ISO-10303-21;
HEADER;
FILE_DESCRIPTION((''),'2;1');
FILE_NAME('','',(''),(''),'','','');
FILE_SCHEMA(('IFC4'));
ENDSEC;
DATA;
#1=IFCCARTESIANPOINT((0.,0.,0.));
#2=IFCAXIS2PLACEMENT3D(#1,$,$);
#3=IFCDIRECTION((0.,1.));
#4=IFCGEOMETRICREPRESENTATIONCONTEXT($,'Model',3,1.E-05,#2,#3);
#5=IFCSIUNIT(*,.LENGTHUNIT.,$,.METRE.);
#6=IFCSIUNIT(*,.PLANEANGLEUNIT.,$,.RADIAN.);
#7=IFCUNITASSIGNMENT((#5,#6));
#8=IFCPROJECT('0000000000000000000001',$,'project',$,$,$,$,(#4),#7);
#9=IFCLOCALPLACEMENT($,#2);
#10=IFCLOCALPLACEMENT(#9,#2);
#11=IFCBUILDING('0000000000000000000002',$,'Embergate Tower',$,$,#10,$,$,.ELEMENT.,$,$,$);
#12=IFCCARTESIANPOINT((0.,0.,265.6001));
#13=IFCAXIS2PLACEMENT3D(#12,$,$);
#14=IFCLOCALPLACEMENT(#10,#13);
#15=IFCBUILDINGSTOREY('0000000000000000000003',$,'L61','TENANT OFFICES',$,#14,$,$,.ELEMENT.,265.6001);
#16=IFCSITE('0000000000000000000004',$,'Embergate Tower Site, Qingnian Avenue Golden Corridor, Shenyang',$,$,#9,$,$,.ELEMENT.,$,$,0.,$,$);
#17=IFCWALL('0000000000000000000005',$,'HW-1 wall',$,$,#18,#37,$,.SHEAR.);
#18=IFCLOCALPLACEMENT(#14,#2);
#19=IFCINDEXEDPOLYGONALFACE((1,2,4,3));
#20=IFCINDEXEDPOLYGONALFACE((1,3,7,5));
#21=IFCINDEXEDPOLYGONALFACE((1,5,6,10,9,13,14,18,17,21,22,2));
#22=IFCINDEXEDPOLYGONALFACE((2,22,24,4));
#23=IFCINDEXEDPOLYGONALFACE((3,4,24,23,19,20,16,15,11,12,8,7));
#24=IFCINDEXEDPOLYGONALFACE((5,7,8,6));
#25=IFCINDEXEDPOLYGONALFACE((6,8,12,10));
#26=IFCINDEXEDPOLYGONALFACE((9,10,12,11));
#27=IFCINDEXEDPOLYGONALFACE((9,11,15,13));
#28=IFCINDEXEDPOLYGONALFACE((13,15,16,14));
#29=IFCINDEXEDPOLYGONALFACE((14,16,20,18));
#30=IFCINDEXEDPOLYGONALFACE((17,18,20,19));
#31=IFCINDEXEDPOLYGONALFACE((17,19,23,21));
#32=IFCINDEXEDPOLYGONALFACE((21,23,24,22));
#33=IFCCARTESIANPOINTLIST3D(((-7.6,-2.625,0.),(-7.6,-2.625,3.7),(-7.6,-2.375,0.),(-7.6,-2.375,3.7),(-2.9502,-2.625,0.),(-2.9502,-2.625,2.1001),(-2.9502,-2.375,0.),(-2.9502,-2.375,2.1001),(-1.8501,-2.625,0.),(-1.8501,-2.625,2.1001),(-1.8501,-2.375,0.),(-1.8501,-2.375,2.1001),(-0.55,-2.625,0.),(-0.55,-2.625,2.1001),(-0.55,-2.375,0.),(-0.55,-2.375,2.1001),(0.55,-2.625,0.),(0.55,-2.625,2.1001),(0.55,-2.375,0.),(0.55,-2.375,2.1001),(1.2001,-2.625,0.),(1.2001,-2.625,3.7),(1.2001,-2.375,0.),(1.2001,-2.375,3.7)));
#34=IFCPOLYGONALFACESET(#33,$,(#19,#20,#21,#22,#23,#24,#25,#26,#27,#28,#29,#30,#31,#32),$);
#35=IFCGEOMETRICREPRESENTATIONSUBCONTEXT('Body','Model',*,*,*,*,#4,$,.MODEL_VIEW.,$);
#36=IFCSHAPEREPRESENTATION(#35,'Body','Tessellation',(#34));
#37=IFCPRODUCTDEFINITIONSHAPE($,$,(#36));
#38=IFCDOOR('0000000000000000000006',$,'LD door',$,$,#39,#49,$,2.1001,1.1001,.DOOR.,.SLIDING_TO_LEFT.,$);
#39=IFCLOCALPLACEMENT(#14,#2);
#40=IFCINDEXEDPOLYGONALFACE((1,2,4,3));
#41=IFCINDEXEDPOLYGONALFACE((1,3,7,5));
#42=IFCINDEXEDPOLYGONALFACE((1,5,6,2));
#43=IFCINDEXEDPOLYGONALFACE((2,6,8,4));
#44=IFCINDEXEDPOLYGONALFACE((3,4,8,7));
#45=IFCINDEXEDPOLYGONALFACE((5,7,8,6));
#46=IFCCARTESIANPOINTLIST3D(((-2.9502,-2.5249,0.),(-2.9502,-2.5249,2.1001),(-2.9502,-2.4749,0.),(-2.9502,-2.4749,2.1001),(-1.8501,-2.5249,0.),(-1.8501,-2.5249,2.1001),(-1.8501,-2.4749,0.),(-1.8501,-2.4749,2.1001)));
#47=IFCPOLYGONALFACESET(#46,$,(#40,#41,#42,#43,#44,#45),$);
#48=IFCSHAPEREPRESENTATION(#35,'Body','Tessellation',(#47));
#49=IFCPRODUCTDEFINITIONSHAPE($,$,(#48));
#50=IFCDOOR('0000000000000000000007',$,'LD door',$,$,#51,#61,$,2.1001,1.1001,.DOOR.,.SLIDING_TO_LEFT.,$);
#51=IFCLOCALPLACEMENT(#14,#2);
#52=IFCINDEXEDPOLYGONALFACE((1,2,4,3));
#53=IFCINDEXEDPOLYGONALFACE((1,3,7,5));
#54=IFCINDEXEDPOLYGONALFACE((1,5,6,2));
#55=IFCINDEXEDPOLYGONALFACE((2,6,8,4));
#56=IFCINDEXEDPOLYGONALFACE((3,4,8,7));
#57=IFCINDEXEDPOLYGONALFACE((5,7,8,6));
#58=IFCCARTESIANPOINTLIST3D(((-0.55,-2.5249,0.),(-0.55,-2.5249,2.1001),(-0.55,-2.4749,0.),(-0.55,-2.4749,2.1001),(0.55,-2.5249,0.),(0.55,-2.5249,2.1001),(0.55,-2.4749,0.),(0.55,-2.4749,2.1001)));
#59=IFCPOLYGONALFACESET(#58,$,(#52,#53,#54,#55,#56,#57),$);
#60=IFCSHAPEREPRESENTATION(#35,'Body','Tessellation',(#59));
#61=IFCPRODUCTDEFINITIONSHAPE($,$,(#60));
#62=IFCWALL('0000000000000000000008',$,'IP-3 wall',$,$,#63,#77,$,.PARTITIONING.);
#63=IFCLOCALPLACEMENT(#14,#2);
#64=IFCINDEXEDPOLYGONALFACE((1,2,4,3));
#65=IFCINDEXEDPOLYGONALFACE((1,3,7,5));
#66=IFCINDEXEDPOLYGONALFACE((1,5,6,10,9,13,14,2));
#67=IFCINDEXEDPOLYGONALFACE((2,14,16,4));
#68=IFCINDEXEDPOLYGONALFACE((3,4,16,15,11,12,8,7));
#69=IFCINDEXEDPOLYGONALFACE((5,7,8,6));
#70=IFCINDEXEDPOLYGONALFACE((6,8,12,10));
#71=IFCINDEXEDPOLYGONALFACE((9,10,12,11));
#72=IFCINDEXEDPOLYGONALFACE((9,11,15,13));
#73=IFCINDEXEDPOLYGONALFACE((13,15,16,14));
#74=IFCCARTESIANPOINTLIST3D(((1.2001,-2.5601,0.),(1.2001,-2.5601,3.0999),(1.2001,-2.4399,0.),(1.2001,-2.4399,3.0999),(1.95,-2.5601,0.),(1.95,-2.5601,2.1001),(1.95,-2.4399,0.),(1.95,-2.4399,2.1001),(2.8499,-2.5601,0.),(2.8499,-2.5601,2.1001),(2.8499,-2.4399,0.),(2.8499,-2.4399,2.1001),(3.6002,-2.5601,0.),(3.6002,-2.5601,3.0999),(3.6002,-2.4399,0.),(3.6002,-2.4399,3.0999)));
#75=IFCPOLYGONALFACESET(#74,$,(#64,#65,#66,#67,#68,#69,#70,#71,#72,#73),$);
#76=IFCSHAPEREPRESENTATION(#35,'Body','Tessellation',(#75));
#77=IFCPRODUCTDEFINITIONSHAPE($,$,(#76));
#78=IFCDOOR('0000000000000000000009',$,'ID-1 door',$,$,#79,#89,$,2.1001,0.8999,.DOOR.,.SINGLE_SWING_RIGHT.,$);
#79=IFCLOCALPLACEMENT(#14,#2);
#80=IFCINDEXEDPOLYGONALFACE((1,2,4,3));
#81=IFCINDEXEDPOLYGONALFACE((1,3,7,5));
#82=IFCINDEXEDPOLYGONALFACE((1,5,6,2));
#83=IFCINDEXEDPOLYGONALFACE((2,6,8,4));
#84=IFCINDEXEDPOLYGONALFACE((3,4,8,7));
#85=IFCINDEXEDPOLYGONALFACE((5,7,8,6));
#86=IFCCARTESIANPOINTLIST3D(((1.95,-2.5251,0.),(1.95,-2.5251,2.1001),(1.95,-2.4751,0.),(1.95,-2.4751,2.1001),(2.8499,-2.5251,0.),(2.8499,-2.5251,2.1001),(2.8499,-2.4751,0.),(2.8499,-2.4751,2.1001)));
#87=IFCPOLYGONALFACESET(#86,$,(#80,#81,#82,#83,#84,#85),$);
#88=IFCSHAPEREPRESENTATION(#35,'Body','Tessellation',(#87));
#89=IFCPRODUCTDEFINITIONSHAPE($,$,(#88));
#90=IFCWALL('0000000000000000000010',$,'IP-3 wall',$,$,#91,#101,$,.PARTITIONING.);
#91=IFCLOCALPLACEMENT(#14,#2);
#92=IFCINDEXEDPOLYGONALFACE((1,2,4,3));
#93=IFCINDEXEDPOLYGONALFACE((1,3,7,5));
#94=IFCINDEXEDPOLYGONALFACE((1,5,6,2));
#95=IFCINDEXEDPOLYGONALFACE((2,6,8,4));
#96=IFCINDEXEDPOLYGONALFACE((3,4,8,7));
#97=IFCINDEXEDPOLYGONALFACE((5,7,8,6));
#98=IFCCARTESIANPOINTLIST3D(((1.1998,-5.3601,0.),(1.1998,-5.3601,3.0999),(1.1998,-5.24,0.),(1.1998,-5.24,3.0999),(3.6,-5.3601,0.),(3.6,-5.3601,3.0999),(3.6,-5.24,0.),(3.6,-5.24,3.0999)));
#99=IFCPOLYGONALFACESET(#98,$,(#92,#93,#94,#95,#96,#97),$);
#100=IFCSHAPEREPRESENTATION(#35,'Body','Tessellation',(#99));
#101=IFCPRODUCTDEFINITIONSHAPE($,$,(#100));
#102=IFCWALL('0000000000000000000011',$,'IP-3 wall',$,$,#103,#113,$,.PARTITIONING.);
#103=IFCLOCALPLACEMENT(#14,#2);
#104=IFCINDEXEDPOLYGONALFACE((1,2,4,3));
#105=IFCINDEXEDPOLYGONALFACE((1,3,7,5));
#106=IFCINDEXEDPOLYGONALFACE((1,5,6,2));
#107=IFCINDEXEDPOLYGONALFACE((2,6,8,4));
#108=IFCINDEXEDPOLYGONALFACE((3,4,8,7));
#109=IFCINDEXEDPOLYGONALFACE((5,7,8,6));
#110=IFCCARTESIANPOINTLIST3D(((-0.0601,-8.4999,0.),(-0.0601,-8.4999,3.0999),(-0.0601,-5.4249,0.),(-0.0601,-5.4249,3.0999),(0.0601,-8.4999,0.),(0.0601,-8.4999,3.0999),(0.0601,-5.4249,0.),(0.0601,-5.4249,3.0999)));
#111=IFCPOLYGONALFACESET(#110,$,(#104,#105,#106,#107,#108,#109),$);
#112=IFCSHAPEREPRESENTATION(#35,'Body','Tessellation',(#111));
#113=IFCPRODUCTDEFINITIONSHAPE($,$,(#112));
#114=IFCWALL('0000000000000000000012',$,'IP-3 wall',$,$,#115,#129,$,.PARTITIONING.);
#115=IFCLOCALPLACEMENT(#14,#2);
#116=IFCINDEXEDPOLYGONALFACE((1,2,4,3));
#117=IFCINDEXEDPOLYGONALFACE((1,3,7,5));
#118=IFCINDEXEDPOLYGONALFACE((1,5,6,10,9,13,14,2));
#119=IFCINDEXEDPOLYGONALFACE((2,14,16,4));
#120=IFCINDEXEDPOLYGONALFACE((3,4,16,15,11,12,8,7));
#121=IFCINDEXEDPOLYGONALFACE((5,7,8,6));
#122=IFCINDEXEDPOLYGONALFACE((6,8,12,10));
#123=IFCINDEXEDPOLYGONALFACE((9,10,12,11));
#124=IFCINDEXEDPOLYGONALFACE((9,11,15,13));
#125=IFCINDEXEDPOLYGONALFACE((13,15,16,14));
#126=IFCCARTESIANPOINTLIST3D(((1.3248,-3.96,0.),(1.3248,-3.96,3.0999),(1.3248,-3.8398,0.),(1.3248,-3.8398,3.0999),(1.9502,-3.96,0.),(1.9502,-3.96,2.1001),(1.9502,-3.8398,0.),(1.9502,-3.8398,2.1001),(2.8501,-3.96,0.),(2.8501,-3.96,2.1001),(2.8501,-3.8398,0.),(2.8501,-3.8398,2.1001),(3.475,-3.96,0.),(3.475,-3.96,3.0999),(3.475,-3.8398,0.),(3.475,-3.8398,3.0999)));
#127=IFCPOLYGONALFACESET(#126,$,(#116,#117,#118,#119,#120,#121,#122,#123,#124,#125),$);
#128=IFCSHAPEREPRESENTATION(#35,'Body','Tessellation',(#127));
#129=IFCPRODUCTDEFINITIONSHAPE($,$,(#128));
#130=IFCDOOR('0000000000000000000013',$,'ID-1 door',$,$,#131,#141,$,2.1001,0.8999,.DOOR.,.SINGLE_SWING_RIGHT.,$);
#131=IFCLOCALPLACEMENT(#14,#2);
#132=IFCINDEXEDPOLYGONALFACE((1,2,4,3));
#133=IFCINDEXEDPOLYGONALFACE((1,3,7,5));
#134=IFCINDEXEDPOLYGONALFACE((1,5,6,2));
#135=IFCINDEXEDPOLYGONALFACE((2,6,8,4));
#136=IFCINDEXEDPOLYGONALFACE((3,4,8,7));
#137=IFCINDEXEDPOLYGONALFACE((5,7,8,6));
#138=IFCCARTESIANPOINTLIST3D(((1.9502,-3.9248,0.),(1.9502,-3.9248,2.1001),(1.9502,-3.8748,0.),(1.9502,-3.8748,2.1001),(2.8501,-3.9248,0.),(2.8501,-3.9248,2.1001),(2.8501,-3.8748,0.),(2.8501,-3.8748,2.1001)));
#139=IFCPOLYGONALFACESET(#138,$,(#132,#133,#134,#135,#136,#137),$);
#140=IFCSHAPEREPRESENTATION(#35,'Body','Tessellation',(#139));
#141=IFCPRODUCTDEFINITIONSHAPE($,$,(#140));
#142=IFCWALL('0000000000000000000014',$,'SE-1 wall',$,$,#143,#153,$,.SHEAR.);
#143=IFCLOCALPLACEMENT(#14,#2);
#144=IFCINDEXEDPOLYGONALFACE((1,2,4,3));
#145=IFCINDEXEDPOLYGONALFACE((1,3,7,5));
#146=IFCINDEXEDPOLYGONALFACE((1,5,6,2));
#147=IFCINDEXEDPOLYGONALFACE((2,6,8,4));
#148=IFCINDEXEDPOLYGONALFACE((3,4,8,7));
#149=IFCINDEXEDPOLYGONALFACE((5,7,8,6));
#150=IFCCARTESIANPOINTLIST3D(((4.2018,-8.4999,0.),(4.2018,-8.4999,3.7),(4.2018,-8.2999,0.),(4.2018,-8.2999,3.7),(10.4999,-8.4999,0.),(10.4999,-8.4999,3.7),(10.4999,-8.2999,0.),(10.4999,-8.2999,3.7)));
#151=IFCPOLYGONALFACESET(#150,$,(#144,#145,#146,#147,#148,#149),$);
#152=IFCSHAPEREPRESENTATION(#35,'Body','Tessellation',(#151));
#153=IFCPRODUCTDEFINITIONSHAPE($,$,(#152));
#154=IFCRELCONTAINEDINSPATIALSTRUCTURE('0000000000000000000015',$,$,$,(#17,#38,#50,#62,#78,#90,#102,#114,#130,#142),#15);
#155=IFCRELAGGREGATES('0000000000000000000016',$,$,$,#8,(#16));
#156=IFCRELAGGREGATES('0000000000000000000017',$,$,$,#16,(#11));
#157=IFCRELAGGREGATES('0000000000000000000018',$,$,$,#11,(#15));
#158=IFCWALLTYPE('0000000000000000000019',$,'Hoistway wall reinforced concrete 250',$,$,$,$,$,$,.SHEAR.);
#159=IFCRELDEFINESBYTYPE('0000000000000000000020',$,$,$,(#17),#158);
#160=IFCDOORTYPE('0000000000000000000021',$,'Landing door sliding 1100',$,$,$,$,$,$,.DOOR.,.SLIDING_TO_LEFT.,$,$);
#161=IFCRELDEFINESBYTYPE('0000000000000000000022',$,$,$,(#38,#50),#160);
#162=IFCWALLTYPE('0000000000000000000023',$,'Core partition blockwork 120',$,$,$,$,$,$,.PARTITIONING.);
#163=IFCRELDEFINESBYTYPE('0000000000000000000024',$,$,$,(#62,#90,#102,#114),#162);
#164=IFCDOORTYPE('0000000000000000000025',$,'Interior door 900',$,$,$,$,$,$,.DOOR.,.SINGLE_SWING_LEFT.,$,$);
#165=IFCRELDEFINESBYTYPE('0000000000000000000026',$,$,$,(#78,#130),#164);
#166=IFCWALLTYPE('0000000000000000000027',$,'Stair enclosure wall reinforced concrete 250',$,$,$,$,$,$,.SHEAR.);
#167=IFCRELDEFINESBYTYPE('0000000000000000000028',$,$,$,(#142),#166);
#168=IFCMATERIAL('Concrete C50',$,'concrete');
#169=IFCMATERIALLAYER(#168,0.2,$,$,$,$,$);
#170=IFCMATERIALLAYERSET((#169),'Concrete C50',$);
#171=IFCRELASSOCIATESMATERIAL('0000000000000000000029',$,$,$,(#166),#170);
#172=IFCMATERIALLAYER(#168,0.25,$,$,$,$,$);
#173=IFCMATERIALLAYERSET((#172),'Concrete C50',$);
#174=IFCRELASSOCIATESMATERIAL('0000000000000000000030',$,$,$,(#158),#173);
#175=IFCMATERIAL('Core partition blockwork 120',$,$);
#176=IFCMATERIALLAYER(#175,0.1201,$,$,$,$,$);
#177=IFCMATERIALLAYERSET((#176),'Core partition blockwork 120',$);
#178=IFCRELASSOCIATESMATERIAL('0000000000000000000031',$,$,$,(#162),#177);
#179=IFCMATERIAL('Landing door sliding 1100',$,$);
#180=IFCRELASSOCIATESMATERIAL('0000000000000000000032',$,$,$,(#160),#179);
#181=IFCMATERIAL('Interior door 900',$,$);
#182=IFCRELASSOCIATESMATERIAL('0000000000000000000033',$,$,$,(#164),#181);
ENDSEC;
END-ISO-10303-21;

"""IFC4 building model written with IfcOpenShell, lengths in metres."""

from ifc_helpers import new_model, si_unit, direction, frame, frame_2d, origin, place, context, subcontext, project, spatial, rectangle, extrude, source, transform, mapped, material, layer, layer_set, type_object, element, fill, save


model = new_model("IFC4")

# Units and contexts
model_context = context("Model", 3, precision=1e-05, world=origin(), true_north=direction((0.0, 1.0)))
body_context = subcontext(model_context, "Body", "Model", "MODEL_VIEW")
ifc_project = project(units=[si_unit("LENGTHUNIT", "METRE"), si_unit("PLANEANGLEUNIT", "RADIAN")], contexts=[model_context])

# Site, building, storey
site_placement = place(None, origin())
site = spatial("IfcSite", under=ifc_project, at=site_placement, Name="Embergate Tower Site, Qingnian Avenue Golden Corridor, Shenyang", CompositionType="ELEMENT", RefElevation=0.0)
building_placement = place(site_placement, origin())
building = spatial("IfcBuilding", under=site, at=building_placement, Name="Embergate Tower", CompositionType="ELEMENT")
storey_placement = place(building_placement, frame((0.0, 0.0, 265.6001)))
storey = spatial("IfcBuildingStorey", under=building, at=storey_placement, Name="L61", Description="TENANT OFFICES", CompositionType="ELEMENT", Elevation=265.6001)

# Shared definitions
ifc_material_1 = material(Name="Concrete C50", Category="concrete")
ifc_layer_1 = layer(ifc_material_1, 0.2)
ifc_layer_set_1 = layer_set([ifc_layer_1], Name="Concrete C50")
wall_type_1 = type_object("IfcWallType", Name="Stair enclosure wall reinforced concrete 250", PredefinedType="SHEAR", material=ifc_layer_set_1)
ifc_layer_2 = layer(ifc_material_1, 0.25)
ifc_layer_set_2 = layer_set([ifc_layer_2], Name="Concrete C50")
wall_type_2 = type_object("IfcWallType", Name="Hoistway wall reinforced concrete 250", PredefinedType="SHEAR", material=ifc_layer_set_2)

# Shared definitions
ifc_material_2 = material(Name="Core partition blockwork 120")
ifc_layer_3 = layer(ifc_material_2, 0.1201)
ifc_layer_set_3 = layer_set([ifc_layer_3], Name="Core partition blockwork 120")
wall_type_3 = type_object("IfcWallType", Name="Core partition blockwork 120", PredefinedType="PARTITIONING", material=ifc_layer_set_3)

# Wall, openings, doors
shared_shape_1 = source(origin(), body_context, "Body", "SweptSolid", [
    extrude(rectangle(XDim=8.8, YDim=0.25, at=frame_2d((4.3999, 0.0))), origin(), (0.0, 0.0, 1.0), 3.7),
])
wall_1_placement = place(storey_placement, frame((1.2, -2.5, 0.0), z_axis=(0.0, 0.0, 1.0), x_axis=(-1.0, 0.0, 0.0)))
wall_1 = element("IfcWall", 1, at=wall_1_placement, inside=storey, type_object=wall_type_2, Name="HW-1 wall", PredefinedType="SHEAR", context=body_context, shape_type="MappedRepresentation", body=[
    mapped(shared_shape_1, transform((0.0, 0.0, 0.0))),
])
shared_shape_2 = source(origin(), body_context, "Body", "SweptSolid", [
    extrude(rectangle(XDim=1.1001, YDim=2.1001, at=frame_2d((0.55, 1.05))), frame((0.0, 0.135, 0.0), z_axis=(0.0, -1.0, 0.0), x_axis=(1.0, 0.0, 0.0)), (0.0, 0.0, 1.0), 0.27),
])
opening_1_placement = place(wall_1_placement, frame((3.05, 0.0, 0.0)))
opening_1 = element("IfcOpeningElement", 2, at=opening_1_placement, cuts=wall_1, PredefinedType="OPENING", context=body_context, shape_type="MappedRepresentation", body=[
    mapped(shared_shape_2, transform((0.0, 0.0, 0.0))),
])
opening_2_placement = place(wall_1_placement, frame((0.6499, 0.0, 0.0)))
opening_2 = element("IfcOpeningElement", 3, at=opening_2_placement, cuts=wall_1, PredefinedType="OPENING", context=body_context, shape_type="MappedRepresentation", body=[
    mapped(shared_shape_2, transform((0.0, 0.0, 0.0))),
])
ifc_material_3 = material(Name="Landing door sliding 1100")
door_type_1 = type_object("IfcDoorType", Name="Landing door sliding 1100", OperationType="SLIDING_TO_LEFT", PredefinedType="DOOR", material=ifc_material_3)
shared_shape_3 = source(origin(), body_context, "Body", "SweptSolid", [
    extrude(rectangle(XDim=1.1001, YDim=2.1001, at=frame_2d((0.55, 1.05))), frame((0.0, 0.0249, 0.0), z_axis=(0.0, -1.0, 0.0), x_axis=(1.0, 0.0, 0.0)), (0.0, 0.0, 1.0), 0.05),
])
door_1_placement = place(opening_1_placement, origin())
door_1 = element("IfcDoor", 4, at=door_1_placement, inside=storey, type_object=door_type_1, Name="LD door", OperationType="SLIDING_TO_LEFT", OverallHeight=2.1001, OverallWidth=1.1001, PredefinedType="DOOR", context=body_context, shape_type="MappedRepresentation", body=[
    mapped(shared_shape_3, transform((0.0, 0.0, 0.0))),
])
fill(opening_1, door_1)
door_2_placement = place(opening_2_placement, origin())
door_2 = element("IfcDoor", 5, at=door_2_placement, inside=storey, type_object=door_type_1, Name="LD door", OperationType="SLIDING_TO_LEFT", OverallHeight=2.1001, OverallWidth=1.1001, PredefinedType="DOOR", context=body_context, shape_type="MappedRepresentation", body=[
    mapped(shared_shape_3, transform((0.0, 0.0, 0.0))),
])
fill(opening_2, door_2)

# Wall, opening, door
shared_shape_4 = source(origin(), body_context, "Body", "SweptSolid", [
    extrude(rectangle(XDim=2.4001, YDim=0.1201, at=frame_2d((1.2002, 0.0))), origin(), (0.0, 0.0, 1.0), 3.0999),
])
wall_2_placement = place(storey_placement, frame((1.2, -2.5, 0.0), z_axis=(0.0, 0.0, 1.0), x_axis=(1.0, 0.0, 0.0)))
wall_2 = element("IfcWall", 6, at=wall_2_placement, inside=storey, type_object=wall_type_3, Name="IP-3 wall", PredefinedType="PARTITIONING", context=body_context, shape_type="MappedRepresentation", body=[
    mapped(shared_shape_4, transform((0.0, 0.0, 0.0))),
])
shared_shape_5 = source(origin(), body_context, "Body", "SweptSolid", [
    extrude(rectangle(XDim=0.8999, YDim=2.1001, at=frame_2d((0.45, 1.05))), frame((0.0, 0.0701, 0.0), z_axis=(0.0, -1.0, 0.0), x_axis=(1.0, 0.0, 0.0)), (0.0, 0.0, 1.0), 0.1401),
])
opening_3_placement = place(wall_2_placement, frame((0.75, 0.0, 0.0)))
opening_3 = element("IfcOpeningElement", 7, at=opening_3_placement, cuts=wall_2, PredefinedType="OPENING", context=body_context, shape_type="MappedRepresentation", body=[
    mapped(shared_shape_5, transform((0.0, 0.0, 0.0))),
])
ifc_material_4 = material(Name="Interior door 900")
door_type_2 = type_object("IfcDoorType", Name="Interior door 900", OperationType="SINGLE_SWING_LEFT", PredefinedType="DOOR", material=ifc_material_4)
shared_shape_6 = source(origin(), body_context, "Body", "SweptSolid", [
    extrude(rectangle(XDim=0.8999, YDim=2.1001, at=frame_2d((0.45, 1.05))), frame((0.0, 0.0249, 0.0), z_axis=(0.0, -1.0, 0.0), x_axis=(1.0, 0.0, 0.0)), (0.0, 0.0, 1.0), 0.05),
])
door_3_placement = place(opening_3_placement, origin())
door_3 = element("IfcDoor", 8, at=door_3_placement, inside=storey, type_object=door_type_2, Name="ID-1 door", OperationType="SINGLE_SWING_RIGHT", OverallHeight=2.1001, OverallWidth=0.8999, PredefinedType="DOOR", context=body_context, shape_type="MappedRepresentation", body=[
    mapped(shared_shape_6, transform((0.0, 0.0, 0.0))),
])
fill(opening_3, door_3)

# Walls
wall_3_placement = place(storey_placement, frame((3.6001, -5.3, 0.0), z_axis=(0.0, 0.0, 1.0), x_axis=(-1.0, 0.0, 0.0)))
element("IfcWall", 9, at=wall_3_placement, inside=storey, type_object=wall_type_3, Name="IP-3 wall", PredefinedType="PARTITIONING", context=body_context, shape_type="MappedRepresentation", body=[
    mapped(shared_shape_4, transform((0.0, 0.0, 0.0))),
])
shared_shape_7 = source(origin(), body_context, "Body", "SweptSolid", [
    extrude(rectangle(XDim=3.075, YDim=0.1201, at=frame_2d((1.5376, 0.0))), origin(), (0.0, 0.0, 1.0), 3.0999),
])
wall_4_placement = place(storey_placement, frame((0.0, -8.5, 0.0), z_axis=(0.0, 0.0, 1.0), x_axis=(0.0, 1.0, 0.0)))
element("IfcWall", 10, at=wall_4_placement, inside=storey, type_object=wall_type_3, Name="IP-3 wall", PredefinedType="PARTITIONING", context=body_context, shape_type="MappedRepresentation", body=[
    mapped(shared_shape_7, transform((0.0, 0.0, 0.0))),
])

# Wall, opening, door
shared_shape_8 = source(origin(), body_context, "Body", "SweptSolid", [
    extrude(rectangle(XDim=2.1501, YDim=0.1201, at=frame_2d((1.0752, 0.0))), origin(), (0.0, 0.0, 1.0), 3.0999),
])
wall_5_placement = place(storey_placement, frame((3.4751, -3.8999, 0.0), z_axis=(0.0, 0.0, 1.0), x_axis=(-1.0, 0.0, 0.0)))
wall_5 = element("IfcWall", 11, at=wall_5_placement, inside=storey, type_object=wall_type_3, Name="IP-3 wall", PredefinedType="PARTITIONING", context=body_context, shape_type="MappedRepresentation", body=[
    mapped(shared_shape_8, transform((0.0, 0.0, 0.0))),
])
opening_4_placement = place(wall_5_placement, frame((0.625, 0.0, 0.0)))
opening_4 = element("IfcOpeningElement", 12, at=opening_4_placement, cuts=wall_5, PredefinedType="OPENING", context=body_context, shape_type="MappedRepresentation", body=[
    mapped(shared_shape_5, transform((0.0, 0.0, 0.0))),
])
door_4_placement = place(opening_4_placement, origin())
door_4 = element("IfcDoor", 13, at=door_4_placement, inside=storey, type_object=door_type_2, Name="ID-1 door", OperationType="SINGLE_SWING_RIGHT", OverallHeight=2.1001, OverallWidth=0.8999, PredefinedType="DOOR", context=body_context, shape_type="MappedRepresentation", body=[
    mapped(shared_shape_6, transform((0.0, 0.0, 0.0))),
])
fill(opening_4, door_4)

# Wall
shared_shape_9 = source(origin(), body_context, "Body", "SweptSolid", [
    extrude(rectangle(XDim=6.2981, YDim=0.2, at=frame_2d((3.1489, 0.0))), origin(), (0.0, 0.0, 1.0), 3.7),
])
wall_6_placement = place(storey_placement, frame((4.2019, -8.3999, 0.0), z_axis=(0.0, 0.0, 1.0), x_axis=(1.0, 0.0, 0.0)))
element("IfcWall", 14, at=wall_6_placement, inside=storey, type_object=wall_type_1, Name="SE-1 wall", PredefinedType="SHEAR", context=body_context, shape_type="MappedRepresentation", body=[
    mapped(shared_shape_9, transform((0.0, 0.0, 0.0))),
])

save(model, "model.ifc")
